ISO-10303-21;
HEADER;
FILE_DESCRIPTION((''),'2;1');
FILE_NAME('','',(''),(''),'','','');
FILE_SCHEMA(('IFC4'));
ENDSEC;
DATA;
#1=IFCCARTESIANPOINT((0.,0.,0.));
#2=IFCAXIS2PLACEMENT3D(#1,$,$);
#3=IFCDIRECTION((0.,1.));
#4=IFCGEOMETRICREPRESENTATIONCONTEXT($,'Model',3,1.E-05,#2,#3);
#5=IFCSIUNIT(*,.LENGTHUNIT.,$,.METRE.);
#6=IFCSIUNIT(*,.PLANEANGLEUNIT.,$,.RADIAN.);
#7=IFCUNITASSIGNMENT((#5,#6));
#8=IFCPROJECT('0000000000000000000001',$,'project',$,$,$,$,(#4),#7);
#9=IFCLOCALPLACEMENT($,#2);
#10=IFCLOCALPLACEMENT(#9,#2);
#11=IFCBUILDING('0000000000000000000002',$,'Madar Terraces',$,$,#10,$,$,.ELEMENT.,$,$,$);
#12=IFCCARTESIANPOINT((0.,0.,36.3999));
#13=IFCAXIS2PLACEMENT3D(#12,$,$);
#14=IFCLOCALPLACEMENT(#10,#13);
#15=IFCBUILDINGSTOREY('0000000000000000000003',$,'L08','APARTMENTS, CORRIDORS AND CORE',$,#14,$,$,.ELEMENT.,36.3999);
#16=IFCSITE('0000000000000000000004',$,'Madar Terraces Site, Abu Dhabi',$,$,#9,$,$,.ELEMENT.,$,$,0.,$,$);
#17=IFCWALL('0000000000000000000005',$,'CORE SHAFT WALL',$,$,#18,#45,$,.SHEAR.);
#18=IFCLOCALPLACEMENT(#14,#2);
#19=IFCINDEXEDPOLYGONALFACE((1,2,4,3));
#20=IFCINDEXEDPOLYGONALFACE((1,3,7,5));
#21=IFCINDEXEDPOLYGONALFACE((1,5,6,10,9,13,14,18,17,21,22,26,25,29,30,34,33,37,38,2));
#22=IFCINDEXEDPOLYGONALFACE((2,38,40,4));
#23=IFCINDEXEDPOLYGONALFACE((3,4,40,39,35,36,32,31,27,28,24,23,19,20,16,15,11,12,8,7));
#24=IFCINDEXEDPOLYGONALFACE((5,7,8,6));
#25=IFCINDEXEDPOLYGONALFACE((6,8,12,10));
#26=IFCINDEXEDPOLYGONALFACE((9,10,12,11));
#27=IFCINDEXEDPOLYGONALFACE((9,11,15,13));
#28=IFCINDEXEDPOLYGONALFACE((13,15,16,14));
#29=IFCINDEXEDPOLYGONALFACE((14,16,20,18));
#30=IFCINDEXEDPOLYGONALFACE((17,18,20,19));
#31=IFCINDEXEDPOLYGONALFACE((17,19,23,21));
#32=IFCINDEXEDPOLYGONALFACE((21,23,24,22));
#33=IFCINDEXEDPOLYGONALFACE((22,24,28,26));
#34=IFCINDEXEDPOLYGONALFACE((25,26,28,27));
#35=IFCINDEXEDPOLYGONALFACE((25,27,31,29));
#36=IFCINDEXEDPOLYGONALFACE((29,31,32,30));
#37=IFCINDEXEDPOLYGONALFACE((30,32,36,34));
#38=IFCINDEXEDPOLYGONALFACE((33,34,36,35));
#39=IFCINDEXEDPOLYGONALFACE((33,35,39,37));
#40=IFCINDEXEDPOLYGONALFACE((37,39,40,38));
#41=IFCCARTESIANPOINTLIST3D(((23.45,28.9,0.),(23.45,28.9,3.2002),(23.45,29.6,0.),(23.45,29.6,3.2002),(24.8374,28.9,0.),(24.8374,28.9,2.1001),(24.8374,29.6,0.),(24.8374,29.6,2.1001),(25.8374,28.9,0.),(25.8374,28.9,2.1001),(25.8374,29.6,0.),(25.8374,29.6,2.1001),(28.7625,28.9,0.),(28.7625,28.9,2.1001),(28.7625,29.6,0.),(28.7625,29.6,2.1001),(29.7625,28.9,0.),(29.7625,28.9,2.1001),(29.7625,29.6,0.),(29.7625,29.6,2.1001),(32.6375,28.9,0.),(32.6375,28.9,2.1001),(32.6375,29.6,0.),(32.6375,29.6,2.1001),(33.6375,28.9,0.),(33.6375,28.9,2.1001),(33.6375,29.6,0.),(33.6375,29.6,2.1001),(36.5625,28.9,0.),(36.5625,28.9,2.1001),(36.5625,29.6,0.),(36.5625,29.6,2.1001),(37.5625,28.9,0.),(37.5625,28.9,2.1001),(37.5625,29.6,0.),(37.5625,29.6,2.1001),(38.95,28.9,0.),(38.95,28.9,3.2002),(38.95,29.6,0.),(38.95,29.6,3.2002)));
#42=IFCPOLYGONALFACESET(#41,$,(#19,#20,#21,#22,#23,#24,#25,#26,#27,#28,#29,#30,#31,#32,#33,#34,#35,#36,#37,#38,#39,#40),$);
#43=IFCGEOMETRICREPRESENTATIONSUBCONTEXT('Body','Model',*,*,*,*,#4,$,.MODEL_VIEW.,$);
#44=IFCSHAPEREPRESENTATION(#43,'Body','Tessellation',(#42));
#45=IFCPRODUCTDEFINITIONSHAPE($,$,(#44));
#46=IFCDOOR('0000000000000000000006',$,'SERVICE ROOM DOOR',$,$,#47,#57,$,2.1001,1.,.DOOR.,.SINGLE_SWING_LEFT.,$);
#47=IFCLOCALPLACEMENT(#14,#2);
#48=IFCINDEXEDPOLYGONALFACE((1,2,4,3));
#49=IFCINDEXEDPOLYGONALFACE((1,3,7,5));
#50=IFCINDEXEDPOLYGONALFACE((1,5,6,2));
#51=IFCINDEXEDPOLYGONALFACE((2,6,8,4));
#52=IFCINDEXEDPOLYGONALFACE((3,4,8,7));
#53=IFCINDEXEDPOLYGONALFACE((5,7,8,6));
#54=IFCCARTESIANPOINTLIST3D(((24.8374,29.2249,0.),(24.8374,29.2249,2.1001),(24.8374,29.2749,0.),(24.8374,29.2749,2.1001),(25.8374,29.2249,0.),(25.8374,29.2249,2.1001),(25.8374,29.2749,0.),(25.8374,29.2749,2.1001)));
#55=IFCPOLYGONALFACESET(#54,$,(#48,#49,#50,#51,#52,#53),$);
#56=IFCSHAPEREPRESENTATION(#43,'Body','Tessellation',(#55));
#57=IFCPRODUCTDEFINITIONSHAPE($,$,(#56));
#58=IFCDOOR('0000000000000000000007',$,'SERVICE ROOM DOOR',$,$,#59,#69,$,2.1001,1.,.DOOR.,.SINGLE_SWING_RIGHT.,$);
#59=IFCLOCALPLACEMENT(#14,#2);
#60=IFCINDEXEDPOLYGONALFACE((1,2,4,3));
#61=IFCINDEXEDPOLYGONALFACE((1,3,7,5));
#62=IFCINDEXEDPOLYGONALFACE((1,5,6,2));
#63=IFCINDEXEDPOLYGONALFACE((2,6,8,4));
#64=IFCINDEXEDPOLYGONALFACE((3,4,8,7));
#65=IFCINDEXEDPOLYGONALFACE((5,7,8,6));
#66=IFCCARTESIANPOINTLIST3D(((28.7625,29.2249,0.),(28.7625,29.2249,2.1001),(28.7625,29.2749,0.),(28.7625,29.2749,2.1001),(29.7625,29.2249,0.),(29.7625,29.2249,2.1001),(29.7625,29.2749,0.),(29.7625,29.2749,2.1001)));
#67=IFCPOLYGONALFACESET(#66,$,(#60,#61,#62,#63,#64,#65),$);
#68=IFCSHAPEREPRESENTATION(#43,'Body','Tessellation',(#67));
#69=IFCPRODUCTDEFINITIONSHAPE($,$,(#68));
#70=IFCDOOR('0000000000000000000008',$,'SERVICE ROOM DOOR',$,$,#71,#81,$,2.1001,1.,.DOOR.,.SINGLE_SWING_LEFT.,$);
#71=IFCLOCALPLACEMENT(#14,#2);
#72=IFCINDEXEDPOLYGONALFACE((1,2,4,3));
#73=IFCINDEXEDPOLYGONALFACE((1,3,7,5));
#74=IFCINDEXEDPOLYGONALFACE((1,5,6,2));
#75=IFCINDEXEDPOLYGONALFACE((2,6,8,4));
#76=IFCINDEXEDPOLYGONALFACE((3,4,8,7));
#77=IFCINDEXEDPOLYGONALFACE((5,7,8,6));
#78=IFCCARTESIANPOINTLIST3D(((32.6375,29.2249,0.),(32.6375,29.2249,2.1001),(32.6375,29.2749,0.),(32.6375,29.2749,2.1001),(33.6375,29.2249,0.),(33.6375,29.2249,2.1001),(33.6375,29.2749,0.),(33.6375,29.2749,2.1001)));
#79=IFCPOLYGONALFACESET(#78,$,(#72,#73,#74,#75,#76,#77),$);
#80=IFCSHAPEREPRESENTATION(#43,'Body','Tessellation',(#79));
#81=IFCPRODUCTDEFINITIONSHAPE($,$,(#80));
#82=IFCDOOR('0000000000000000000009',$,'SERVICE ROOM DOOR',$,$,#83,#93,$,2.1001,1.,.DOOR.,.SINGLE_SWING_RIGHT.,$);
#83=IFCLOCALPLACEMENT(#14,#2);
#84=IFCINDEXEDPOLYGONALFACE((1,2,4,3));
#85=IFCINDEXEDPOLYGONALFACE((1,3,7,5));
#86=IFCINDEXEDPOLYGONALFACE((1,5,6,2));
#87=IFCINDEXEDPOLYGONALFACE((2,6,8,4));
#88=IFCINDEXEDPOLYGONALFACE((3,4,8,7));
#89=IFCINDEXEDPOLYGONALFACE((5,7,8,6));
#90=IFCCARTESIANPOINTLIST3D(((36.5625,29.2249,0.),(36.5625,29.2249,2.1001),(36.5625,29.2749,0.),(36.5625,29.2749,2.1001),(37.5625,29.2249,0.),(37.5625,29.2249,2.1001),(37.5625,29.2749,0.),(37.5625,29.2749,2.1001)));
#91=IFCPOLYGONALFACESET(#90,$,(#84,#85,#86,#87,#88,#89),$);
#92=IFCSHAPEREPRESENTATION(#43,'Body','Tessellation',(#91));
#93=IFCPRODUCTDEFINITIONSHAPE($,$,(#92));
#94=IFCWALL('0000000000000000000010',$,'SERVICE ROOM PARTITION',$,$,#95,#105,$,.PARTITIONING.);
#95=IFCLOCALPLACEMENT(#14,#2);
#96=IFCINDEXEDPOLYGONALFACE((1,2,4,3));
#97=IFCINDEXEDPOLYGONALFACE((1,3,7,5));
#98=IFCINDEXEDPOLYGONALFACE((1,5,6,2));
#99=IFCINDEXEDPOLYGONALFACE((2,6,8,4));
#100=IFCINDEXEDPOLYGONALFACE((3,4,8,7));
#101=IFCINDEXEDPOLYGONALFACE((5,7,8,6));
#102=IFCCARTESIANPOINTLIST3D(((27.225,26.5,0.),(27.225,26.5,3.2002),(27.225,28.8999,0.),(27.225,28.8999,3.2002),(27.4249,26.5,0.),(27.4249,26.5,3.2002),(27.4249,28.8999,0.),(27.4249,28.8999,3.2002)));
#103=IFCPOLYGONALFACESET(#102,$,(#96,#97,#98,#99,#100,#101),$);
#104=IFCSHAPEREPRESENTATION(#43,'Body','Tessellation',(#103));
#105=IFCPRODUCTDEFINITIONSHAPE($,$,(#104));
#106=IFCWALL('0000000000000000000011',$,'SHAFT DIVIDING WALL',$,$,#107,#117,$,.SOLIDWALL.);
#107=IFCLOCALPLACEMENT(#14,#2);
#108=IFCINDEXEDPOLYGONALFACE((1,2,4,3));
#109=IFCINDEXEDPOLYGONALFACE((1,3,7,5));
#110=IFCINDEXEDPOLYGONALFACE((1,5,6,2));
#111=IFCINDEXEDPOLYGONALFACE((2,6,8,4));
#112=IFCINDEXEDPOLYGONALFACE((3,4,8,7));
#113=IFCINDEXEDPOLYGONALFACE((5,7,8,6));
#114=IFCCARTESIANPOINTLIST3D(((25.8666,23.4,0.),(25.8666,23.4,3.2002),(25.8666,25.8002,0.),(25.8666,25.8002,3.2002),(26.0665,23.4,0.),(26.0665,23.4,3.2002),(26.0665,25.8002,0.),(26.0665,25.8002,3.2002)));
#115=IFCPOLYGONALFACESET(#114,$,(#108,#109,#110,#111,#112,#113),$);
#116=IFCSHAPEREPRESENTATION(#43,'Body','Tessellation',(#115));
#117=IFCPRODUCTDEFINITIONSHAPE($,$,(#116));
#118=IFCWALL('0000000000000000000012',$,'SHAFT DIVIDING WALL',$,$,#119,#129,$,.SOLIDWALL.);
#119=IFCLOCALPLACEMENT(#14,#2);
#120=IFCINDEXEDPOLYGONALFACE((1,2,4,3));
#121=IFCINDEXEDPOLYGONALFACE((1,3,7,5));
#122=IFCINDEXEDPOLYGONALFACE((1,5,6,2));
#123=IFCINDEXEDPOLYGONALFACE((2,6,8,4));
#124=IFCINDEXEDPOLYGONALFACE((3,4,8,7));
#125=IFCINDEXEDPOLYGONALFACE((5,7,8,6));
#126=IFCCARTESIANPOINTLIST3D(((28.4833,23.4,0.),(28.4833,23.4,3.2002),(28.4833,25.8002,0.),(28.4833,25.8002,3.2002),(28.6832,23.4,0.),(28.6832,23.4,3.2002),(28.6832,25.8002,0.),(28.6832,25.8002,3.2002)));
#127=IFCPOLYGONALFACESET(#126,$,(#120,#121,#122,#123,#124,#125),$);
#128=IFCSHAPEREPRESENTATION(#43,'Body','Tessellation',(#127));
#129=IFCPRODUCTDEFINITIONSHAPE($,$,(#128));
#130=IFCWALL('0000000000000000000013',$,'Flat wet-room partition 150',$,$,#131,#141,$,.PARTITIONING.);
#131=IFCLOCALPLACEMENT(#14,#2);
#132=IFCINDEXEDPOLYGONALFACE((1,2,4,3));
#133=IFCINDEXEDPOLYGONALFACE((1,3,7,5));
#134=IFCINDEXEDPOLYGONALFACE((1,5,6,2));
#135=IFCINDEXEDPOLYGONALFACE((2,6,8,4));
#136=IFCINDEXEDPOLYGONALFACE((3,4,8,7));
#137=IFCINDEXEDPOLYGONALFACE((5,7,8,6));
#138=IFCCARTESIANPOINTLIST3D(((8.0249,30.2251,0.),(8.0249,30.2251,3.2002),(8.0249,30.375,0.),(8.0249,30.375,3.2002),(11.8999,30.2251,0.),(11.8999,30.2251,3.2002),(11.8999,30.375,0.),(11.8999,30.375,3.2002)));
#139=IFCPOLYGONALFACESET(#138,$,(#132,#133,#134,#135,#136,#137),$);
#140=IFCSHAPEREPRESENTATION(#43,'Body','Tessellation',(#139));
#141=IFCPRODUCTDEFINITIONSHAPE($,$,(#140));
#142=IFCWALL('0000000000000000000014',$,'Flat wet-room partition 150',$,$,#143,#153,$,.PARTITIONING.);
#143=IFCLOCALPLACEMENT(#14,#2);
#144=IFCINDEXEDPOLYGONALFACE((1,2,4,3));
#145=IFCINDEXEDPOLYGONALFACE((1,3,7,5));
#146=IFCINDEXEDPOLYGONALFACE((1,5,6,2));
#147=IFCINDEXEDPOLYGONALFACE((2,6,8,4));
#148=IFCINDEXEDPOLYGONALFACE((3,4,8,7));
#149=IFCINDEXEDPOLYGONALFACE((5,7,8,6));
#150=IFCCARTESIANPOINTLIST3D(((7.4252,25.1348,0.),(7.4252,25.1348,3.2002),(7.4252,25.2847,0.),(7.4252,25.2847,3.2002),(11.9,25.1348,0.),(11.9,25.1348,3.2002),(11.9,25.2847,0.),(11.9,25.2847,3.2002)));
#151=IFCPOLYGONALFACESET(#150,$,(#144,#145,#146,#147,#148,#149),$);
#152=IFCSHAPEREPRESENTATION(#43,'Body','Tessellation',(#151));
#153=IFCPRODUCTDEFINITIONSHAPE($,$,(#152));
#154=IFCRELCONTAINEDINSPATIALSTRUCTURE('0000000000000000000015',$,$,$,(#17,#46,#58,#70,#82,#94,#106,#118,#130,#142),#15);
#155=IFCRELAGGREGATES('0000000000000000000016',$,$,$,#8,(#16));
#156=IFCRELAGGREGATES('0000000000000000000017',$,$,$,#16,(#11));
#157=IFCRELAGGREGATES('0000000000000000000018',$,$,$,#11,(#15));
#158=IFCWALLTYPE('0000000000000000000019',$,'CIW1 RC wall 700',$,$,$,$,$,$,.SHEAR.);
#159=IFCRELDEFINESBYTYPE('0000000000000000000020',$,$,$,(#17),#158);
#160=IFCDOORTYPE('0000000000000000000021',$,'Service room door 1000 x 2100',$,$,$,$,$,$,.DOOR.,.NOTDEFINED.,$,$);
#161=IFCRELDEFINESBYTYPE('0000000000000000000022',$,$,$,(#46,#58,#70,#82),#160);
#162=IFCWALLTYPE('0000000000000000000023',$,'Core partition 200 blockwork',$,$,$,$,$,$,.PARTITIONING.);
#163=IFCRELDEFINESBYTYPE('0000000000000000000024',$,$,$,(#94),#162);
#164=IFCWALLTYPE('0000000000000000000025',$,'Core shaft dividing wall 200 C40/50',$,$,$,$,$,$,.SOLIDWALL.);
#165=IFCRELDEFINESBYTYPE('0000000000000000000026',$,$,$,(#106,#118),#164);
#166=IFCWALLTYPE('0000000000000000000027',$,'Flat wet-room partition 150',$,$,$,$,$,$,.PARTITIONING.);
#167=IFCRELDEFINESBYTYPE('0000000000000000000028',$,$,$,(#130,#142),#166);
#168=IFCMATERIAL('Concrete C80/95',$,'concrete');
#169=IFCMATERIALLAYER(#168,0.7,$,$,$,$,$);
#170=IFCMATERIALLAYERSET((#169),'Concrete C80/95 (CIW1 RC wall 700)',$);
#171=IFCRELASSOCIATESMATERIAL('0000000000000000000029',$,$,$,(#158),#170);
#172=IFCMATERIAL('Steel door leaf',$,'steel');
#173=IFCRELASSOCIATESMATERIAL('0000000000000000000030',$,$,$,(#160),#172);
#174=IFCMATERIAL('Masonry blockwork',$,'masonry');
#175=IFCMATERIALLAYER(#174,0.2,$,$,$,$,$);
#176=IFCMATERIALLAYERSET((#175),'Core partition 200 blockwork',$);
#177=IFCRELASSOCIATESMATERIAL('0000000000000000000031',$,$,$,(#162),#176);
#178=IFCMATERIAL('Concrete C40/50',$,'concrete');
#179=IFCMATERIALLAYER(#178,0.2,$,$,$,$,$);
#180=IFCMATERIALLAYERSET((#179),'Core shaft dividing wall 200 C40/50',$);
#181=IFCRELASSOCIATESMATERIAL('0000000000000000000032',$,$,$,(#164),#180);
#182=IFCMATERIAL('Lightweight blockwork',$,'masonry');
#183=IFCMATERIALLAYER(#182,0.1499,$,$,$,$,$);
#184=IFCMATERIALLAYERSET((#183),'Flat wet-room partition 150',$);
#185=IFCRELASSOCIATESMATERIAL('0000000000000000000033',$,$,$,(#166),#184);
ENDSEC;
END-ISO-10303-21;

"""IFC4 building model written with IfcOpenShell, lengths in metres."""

from ifc_helpers import new_model, si_unit, direction, frame, frame_2d, origin, place, context, subcontext, project, spatial, rectangle, extrude, material, layer, layer_set, type_object, element, fill, save


model = new_model("IFC4")

# Units and contexts
model_context = context("Model", 3, precision=1e-05, world=origin(), true_north=direction((0.0, 1.0)))
body_context = subcontext(model_context, "Body", "Model", "MODEL_VIEW")
ifc_project = project(units=[si_unit("LENGTHUNIT", "METRE"), si_unit("PLANEANGLEUNIT", "RADIAN")], contexts=[model_context])

# Site, building, storey
site_placement = place(None, origin())
site = spatial("IfcSite", under=ifc_project, at=site_placement, Name="Madar Terraces Site, Abu Dhabi", CompositionType="ELEMENT", RefElevation=0.0)
building_placement = place(site_placement, origin())
building = spatial("IfcBuilding", under=site, at=building_placement, Name="Madar Terraces", CompositionType="ELEMENT")
storey_placement = place(building_placement, frame((0.0, 0.0, 36.3999)))
storey = spatial("IfcBuildingStorey", under=building, at=storey_placement, Name="L08", Description="APARTMENTS, CORRIDORS AND CORE", CompositionType="ELEMENT", Elevation=36.3999)

# Shared definitions
ifc_material_1 = material(Name="Concrete C80/95", Category="concrete")
ifc_layer_1 = layer(ifc_material_1, 0.7)
ifc_layer_set_1 = layer_set([ifc_layer_1], Name="Concrete C80/95 (CIW1 RC wall 700)")
wall_type_1 = type_object("IfcWallType", Name="CIW1 RC wall 700", PredefinedType="SHEAR", material=ifc_layer_set_1)

# Shared definitions
ifc_material_2 = material(Name="Steel door leaf", Category="steel")
door_type_1 = type_object("IfcDoorType", Name="Service room door 1000 x 2100", OperationType="NOTDEFINED", PredefinedType="DOOR", material=ifc_material_2)

# Wall, openings, doors
wall_1_placement = place(storey_placement, frame((23.45, 29.25, 0.0), z_axis=(0.0, 0.0, 1.0), x_axis=(1.0, 0.0, 0.0)))
wall_1 = element("IfcWall", 1, at=wall_1_placement, inside=storey, type_object=wall_type_1, Name="CORE SHAFT WALL", PredefinedType="SHEAR", context=body_context, shape_type="SweptSolid", body=[
    extrude(rectangle(XDim=15.5, YDim=0.7, at=frame_2d((7.75, 0.0))), origin(), (0.0, 0.0, 1.0), 3.2002),
])
opening_1_placement = place(wall_1_placement, frame((1.3875, 0.0, 0.0)))
opening_1 = element("IfcOpeningElement", 2, at=opening_1_placement, cuts=wall_1, PredefinedType="OPENING", context=body_context, shape_type="SweptSolid", body=[
    extrude(rectangle(XDim=1.0, YDim=2.1001, at=frame_2d((0.5, 1.05))), frame((0.0, 0.3599, 0.0), z_axis=(0.0, -1.0, 0.0), x_axis=(1.0, 0.0, 0.0)), (0.0, 0.0, 1.0), 0.72),
])
opening_2_placement = place(wall_1_placement, frame((5.3125, 0.0, 0.0)))
opening_2 = element("IfcOpeningElement", 3, at=opening_2_placement, cuts=wall_1, PredefinedType="OPENING", context=body_context, shape_type="SweptSolid", body=[
    extrude(rectangle(XDim=1.0, YDim=2.1001, at=frame_2d((0.5, 1.05))), frame((0.0, 0.3599, 0.0), z_axis=(0.0, -1.0, 0.0), x_axis=(1.0, 0.0, 0.0)), (0.0, 0.0, 1.0), 0.72),
])
opening_3_placement = place(wall_1_placement, frame((9.1875, 0.0, 0.0)))
opening_3 = element("IfcOpeningElement", 4, at=opening_3_placement, cuts=wall_1, PredefinedType="OPENING", context=body_context, shape_type="SweptSolid", body=[
    extrude(rectangle(XDim=1.0, YDim=2.1001, at=frame_2d((0.5, 1.05))), frame((0.0, 0.3599, 0.0), z_axis=(0.0, -1.0, 0.0), x_axis=(1.0, 0.0, 0.0)), (0.0, 0.0, 1.0), 0.72),
])
opening_4_placement = place(wall_1_placement, frame((13.1125, 0.0, 0.0)))
opening_4 = element("IfcOpeningElement", 5, at=opening_4_placement, cuts=wall_1, PredefinedType="OPENING", context=body_context, shape_type="SweptSolid", body=[
    extrude(rectangle(XDim=1.0, YDim=2.1001, at=frame_2d((0.5, 1.05))), frame((0.0, 0.3599, 0.0), z_axis=(0.0, -1.0, 0.0), x_axis=(1.0, 0.0, 0.0)), (0.0, 0.0, 1.0), 0.72),
])
door_1_placement = place(opening_1_placement, origin())
door_1 = element("IfcDoor", 6, at=door_1_placement, inside=storey, type_object=door_type_1, Name="SERVICE ROOM DOOR", OperationType="SINGLE_SWING_LEFT", OverallHeight=2.1001, OverallWidth=1.0, PredefinedType="DOOR", context=body_context, shape_type="SweptSolid", body=[
    extrude(rectangle(XDim=1.0, YDim=2.1001, at=frame_2d((0.5, 1.05))), frame((0.0, 0.0249, 0.0), z_axis=(0.0, -1.0, 0.0), x_axis=(1.0, 0.0, 0.0)), (0.0, 0.0, 1.0), 0.05),
])
fill(opening_1, door_1)
door_2_placement = place(opening_2_placement, origin())
door_2 = element("IfcDoor", 7, at=door_2_placement, inside=storey, type_object=door_type_1, Name="SERVICE ROOM DOOR", OperationType="SINGLE_SWING_RIGHT", OverallHeight=2.1001, OverallWidth=1.0, PredefinedType="DOOR", context=body_context, shape_type="SweptSolid", body=[
    extrude(rectangle(XDim=1.0, YDim=2.1001, at=frame_2d((0.5, 1.05))), frame((0.0, 0.0249, 0.0), z_axis=(0.0, -1.0, 0.0), x_axis=(1.0, 0.0, 0.0)), (0.0, 0.0, 1.0), 0.05),
])
fill(opening_2, door_2)
door_3_placement = place(opening_3_placement, origin())
door_3 = element("IfcDoor", 8, at=door_3_placement, inside=storey, type_object=door_type_1, Name="SERVICE ROOM DOOR", OperationType="SINGLE_SWING_LEFT", OverallHeight=2.1001, OverallWidth=1.0, PredefinedType="DOOR", context=body_context, shape_type="SweptSolid", body=[
    extrude(rectangle(XDim=1.0, YDim=2.1001, at=frame_2d((0.5, 1.05))), frame((0.0, 0.0249, 0.0), z_axis=(0.0, -1.0, 0.0), x_axis=(1.0, 0.0, 0.0)), (0.0, 0.0, 1.0), 0.05),
])
fill(opening_3, door_3)
door_4_placement = place(opening_4_placement, origin())
door_4 = element("IfcDoor", 9, at=door_4_placement, inside=storey, type_object=door_type_1, Name="SERVICE ROOM DOOR", OperationType="SINGLE_SWING_RIGHT", OverallHeight=2.1001, OverallWidth=1.0, PredefinedType="DOOR", context=body_context, shape_type="SweptSolid", body=[
    extrude(rectangle(XDim=1.0, YDim=2.1001, at=frame_2d((0.5, 1.05))), frame((0.0, 0.0249, 0.0), z_axis=(0.0, -1.0, 0.0), x_axis=(1.0, 0.0, 0.0)), (0.0, 0.0, 1.0), 0.05),
])
fill(opening_4, door_4)

# Walls
ifc_material_3 = material(Name="Masonry blockwork", Category="masonry")
ifc_layer_2 = layer(ifc_material_3, 0.2)
ifc_layer_set_2 = layer_set([ifc_layer_2], Name="Core partition 200 blockwork")
wall_type_2 = type_object("IfcWallType", Name="Core partition 200 blockwork", PredefinedType="PARTITIONING", material=ifc_layer_set_2)
wall_2_placement = place(storey_placement, frame((27.325, 26.5, 0.0), z_axis=(0.0, 0.0, 1.0), x_axis=(0.0, 1.0, 0.0)))
element("IfcWall", 10, at=wall_2_placement, inside=storey, type_object=wall_type_2, Name="SERVICE ROOM PARTITION", PredefinedType="PARTITIONING", context=body_context, shape_type="SweptSolid", body=[
    extrude(rectangle(XDim=2.3999, YDim=0.2, at=frame_2d((1.2, 0.0))), origin(), (0.0, 0.0, 1.0), 3.2002),
])
ifc_material_4 = material(Name="Concrete C40/50", Category="concrete")
ifc_layer_3 = layer(ifc_material_4, 0.2)
ifc_layer_set_3 = layer_set([ifc_layer_3], Name="Core shaft dividing wall 200 C40/50")
wall_type_3 = type_object("IfcWallType", Name="Core shaft dividing wall 200 C40/50", PredefinedType="SOLIDWALL", material=ifc_layer_set_3)
for number, where, z_axis, x_axis, name in (
    (11, (25.9666, 23.3999, 0.0), (0.0, 0.0, 1.0), (0.0, 1.0, 0.0), "SHAFT DIVIDING WALL"),
    (12, (28.5833, 23.3999, 0.0), (0.0, 0.0, 1.0), (0.0, 1.0, 0.0), "SHAFT DIVIDING WALL"),
):
    element("IfcWall", number, at=place(storey_placement, frame(where, z_axis=z_axis, x_axis=x_axis)), inside=storey, type_object=wall_type_3, Name=name, PredefinedType="SOLIDWALL", context=body_context, shape_type="SweptSolid", body=[
        extrude(rectangle(XDim=2.4001, YDim=0.2, at=frame_2d((1.2002, 0.0))), origin(), (0.0, 0.0, 1.0), 3.2002),
    ])
ifc_material_5 = material(Name="Lightweight blockwork", Category="masonry")
ifc_layer_4 = layer(ifc_material_5, 0.1499)
ifc_layer_set_4 = layer_set([ifc_layer_4], Name="Flat wet-room partition 150")
wall_type_4 = type_object("IfcWallType", Name="Flat wet-room partition 150", PredefinedType="PARTITIONING", material=ifc_layer_set_4)
wall_3_placement = place(storey_placement, frame((11.8999, 30.3, 0.0), z_axis=(0.0, 0.0, 1.0), x_axis=(-1.0, 0.0, 0.0)))
element("IfcWall", 13, at=wall_3_placement, inside=storey, type_object=wall_type_4, Name="Flat wet-room partition 150", PredefinedType="PARTITIONING", context=body_context, shape_type="SweptSolid", body=[
    extrude(rectangle(XDim=3.875, YDim=0.1499, at=frame_2d((1.9375, 0.0))), origin(), (0.0, 0.0, 1.0), 3.2002),
])
wall_4_placement = place(storey_placement, frame((11.8999, 25.2097, 0.0), z_axis=(0.0, 0.0, 1.0), x_axis=(-1.0, 0.0, 0.0)))
element("IfcWall", 14, at=wall_4_placement, inside=storey, type_object=wall_type_4, Name="Flat wet-room partition 150", PredefinedType="PARTITIONING", context=body_context, shape_type="SweptSolid", body=[
    extrude(rectangle(XDim=4.4749, YDim=0.1499, at=frame_2d((2.2373, 0.0))), origin(), (0.0, 0.0, 1.0), 3.2002),
])

save(model, "model.ifc")
